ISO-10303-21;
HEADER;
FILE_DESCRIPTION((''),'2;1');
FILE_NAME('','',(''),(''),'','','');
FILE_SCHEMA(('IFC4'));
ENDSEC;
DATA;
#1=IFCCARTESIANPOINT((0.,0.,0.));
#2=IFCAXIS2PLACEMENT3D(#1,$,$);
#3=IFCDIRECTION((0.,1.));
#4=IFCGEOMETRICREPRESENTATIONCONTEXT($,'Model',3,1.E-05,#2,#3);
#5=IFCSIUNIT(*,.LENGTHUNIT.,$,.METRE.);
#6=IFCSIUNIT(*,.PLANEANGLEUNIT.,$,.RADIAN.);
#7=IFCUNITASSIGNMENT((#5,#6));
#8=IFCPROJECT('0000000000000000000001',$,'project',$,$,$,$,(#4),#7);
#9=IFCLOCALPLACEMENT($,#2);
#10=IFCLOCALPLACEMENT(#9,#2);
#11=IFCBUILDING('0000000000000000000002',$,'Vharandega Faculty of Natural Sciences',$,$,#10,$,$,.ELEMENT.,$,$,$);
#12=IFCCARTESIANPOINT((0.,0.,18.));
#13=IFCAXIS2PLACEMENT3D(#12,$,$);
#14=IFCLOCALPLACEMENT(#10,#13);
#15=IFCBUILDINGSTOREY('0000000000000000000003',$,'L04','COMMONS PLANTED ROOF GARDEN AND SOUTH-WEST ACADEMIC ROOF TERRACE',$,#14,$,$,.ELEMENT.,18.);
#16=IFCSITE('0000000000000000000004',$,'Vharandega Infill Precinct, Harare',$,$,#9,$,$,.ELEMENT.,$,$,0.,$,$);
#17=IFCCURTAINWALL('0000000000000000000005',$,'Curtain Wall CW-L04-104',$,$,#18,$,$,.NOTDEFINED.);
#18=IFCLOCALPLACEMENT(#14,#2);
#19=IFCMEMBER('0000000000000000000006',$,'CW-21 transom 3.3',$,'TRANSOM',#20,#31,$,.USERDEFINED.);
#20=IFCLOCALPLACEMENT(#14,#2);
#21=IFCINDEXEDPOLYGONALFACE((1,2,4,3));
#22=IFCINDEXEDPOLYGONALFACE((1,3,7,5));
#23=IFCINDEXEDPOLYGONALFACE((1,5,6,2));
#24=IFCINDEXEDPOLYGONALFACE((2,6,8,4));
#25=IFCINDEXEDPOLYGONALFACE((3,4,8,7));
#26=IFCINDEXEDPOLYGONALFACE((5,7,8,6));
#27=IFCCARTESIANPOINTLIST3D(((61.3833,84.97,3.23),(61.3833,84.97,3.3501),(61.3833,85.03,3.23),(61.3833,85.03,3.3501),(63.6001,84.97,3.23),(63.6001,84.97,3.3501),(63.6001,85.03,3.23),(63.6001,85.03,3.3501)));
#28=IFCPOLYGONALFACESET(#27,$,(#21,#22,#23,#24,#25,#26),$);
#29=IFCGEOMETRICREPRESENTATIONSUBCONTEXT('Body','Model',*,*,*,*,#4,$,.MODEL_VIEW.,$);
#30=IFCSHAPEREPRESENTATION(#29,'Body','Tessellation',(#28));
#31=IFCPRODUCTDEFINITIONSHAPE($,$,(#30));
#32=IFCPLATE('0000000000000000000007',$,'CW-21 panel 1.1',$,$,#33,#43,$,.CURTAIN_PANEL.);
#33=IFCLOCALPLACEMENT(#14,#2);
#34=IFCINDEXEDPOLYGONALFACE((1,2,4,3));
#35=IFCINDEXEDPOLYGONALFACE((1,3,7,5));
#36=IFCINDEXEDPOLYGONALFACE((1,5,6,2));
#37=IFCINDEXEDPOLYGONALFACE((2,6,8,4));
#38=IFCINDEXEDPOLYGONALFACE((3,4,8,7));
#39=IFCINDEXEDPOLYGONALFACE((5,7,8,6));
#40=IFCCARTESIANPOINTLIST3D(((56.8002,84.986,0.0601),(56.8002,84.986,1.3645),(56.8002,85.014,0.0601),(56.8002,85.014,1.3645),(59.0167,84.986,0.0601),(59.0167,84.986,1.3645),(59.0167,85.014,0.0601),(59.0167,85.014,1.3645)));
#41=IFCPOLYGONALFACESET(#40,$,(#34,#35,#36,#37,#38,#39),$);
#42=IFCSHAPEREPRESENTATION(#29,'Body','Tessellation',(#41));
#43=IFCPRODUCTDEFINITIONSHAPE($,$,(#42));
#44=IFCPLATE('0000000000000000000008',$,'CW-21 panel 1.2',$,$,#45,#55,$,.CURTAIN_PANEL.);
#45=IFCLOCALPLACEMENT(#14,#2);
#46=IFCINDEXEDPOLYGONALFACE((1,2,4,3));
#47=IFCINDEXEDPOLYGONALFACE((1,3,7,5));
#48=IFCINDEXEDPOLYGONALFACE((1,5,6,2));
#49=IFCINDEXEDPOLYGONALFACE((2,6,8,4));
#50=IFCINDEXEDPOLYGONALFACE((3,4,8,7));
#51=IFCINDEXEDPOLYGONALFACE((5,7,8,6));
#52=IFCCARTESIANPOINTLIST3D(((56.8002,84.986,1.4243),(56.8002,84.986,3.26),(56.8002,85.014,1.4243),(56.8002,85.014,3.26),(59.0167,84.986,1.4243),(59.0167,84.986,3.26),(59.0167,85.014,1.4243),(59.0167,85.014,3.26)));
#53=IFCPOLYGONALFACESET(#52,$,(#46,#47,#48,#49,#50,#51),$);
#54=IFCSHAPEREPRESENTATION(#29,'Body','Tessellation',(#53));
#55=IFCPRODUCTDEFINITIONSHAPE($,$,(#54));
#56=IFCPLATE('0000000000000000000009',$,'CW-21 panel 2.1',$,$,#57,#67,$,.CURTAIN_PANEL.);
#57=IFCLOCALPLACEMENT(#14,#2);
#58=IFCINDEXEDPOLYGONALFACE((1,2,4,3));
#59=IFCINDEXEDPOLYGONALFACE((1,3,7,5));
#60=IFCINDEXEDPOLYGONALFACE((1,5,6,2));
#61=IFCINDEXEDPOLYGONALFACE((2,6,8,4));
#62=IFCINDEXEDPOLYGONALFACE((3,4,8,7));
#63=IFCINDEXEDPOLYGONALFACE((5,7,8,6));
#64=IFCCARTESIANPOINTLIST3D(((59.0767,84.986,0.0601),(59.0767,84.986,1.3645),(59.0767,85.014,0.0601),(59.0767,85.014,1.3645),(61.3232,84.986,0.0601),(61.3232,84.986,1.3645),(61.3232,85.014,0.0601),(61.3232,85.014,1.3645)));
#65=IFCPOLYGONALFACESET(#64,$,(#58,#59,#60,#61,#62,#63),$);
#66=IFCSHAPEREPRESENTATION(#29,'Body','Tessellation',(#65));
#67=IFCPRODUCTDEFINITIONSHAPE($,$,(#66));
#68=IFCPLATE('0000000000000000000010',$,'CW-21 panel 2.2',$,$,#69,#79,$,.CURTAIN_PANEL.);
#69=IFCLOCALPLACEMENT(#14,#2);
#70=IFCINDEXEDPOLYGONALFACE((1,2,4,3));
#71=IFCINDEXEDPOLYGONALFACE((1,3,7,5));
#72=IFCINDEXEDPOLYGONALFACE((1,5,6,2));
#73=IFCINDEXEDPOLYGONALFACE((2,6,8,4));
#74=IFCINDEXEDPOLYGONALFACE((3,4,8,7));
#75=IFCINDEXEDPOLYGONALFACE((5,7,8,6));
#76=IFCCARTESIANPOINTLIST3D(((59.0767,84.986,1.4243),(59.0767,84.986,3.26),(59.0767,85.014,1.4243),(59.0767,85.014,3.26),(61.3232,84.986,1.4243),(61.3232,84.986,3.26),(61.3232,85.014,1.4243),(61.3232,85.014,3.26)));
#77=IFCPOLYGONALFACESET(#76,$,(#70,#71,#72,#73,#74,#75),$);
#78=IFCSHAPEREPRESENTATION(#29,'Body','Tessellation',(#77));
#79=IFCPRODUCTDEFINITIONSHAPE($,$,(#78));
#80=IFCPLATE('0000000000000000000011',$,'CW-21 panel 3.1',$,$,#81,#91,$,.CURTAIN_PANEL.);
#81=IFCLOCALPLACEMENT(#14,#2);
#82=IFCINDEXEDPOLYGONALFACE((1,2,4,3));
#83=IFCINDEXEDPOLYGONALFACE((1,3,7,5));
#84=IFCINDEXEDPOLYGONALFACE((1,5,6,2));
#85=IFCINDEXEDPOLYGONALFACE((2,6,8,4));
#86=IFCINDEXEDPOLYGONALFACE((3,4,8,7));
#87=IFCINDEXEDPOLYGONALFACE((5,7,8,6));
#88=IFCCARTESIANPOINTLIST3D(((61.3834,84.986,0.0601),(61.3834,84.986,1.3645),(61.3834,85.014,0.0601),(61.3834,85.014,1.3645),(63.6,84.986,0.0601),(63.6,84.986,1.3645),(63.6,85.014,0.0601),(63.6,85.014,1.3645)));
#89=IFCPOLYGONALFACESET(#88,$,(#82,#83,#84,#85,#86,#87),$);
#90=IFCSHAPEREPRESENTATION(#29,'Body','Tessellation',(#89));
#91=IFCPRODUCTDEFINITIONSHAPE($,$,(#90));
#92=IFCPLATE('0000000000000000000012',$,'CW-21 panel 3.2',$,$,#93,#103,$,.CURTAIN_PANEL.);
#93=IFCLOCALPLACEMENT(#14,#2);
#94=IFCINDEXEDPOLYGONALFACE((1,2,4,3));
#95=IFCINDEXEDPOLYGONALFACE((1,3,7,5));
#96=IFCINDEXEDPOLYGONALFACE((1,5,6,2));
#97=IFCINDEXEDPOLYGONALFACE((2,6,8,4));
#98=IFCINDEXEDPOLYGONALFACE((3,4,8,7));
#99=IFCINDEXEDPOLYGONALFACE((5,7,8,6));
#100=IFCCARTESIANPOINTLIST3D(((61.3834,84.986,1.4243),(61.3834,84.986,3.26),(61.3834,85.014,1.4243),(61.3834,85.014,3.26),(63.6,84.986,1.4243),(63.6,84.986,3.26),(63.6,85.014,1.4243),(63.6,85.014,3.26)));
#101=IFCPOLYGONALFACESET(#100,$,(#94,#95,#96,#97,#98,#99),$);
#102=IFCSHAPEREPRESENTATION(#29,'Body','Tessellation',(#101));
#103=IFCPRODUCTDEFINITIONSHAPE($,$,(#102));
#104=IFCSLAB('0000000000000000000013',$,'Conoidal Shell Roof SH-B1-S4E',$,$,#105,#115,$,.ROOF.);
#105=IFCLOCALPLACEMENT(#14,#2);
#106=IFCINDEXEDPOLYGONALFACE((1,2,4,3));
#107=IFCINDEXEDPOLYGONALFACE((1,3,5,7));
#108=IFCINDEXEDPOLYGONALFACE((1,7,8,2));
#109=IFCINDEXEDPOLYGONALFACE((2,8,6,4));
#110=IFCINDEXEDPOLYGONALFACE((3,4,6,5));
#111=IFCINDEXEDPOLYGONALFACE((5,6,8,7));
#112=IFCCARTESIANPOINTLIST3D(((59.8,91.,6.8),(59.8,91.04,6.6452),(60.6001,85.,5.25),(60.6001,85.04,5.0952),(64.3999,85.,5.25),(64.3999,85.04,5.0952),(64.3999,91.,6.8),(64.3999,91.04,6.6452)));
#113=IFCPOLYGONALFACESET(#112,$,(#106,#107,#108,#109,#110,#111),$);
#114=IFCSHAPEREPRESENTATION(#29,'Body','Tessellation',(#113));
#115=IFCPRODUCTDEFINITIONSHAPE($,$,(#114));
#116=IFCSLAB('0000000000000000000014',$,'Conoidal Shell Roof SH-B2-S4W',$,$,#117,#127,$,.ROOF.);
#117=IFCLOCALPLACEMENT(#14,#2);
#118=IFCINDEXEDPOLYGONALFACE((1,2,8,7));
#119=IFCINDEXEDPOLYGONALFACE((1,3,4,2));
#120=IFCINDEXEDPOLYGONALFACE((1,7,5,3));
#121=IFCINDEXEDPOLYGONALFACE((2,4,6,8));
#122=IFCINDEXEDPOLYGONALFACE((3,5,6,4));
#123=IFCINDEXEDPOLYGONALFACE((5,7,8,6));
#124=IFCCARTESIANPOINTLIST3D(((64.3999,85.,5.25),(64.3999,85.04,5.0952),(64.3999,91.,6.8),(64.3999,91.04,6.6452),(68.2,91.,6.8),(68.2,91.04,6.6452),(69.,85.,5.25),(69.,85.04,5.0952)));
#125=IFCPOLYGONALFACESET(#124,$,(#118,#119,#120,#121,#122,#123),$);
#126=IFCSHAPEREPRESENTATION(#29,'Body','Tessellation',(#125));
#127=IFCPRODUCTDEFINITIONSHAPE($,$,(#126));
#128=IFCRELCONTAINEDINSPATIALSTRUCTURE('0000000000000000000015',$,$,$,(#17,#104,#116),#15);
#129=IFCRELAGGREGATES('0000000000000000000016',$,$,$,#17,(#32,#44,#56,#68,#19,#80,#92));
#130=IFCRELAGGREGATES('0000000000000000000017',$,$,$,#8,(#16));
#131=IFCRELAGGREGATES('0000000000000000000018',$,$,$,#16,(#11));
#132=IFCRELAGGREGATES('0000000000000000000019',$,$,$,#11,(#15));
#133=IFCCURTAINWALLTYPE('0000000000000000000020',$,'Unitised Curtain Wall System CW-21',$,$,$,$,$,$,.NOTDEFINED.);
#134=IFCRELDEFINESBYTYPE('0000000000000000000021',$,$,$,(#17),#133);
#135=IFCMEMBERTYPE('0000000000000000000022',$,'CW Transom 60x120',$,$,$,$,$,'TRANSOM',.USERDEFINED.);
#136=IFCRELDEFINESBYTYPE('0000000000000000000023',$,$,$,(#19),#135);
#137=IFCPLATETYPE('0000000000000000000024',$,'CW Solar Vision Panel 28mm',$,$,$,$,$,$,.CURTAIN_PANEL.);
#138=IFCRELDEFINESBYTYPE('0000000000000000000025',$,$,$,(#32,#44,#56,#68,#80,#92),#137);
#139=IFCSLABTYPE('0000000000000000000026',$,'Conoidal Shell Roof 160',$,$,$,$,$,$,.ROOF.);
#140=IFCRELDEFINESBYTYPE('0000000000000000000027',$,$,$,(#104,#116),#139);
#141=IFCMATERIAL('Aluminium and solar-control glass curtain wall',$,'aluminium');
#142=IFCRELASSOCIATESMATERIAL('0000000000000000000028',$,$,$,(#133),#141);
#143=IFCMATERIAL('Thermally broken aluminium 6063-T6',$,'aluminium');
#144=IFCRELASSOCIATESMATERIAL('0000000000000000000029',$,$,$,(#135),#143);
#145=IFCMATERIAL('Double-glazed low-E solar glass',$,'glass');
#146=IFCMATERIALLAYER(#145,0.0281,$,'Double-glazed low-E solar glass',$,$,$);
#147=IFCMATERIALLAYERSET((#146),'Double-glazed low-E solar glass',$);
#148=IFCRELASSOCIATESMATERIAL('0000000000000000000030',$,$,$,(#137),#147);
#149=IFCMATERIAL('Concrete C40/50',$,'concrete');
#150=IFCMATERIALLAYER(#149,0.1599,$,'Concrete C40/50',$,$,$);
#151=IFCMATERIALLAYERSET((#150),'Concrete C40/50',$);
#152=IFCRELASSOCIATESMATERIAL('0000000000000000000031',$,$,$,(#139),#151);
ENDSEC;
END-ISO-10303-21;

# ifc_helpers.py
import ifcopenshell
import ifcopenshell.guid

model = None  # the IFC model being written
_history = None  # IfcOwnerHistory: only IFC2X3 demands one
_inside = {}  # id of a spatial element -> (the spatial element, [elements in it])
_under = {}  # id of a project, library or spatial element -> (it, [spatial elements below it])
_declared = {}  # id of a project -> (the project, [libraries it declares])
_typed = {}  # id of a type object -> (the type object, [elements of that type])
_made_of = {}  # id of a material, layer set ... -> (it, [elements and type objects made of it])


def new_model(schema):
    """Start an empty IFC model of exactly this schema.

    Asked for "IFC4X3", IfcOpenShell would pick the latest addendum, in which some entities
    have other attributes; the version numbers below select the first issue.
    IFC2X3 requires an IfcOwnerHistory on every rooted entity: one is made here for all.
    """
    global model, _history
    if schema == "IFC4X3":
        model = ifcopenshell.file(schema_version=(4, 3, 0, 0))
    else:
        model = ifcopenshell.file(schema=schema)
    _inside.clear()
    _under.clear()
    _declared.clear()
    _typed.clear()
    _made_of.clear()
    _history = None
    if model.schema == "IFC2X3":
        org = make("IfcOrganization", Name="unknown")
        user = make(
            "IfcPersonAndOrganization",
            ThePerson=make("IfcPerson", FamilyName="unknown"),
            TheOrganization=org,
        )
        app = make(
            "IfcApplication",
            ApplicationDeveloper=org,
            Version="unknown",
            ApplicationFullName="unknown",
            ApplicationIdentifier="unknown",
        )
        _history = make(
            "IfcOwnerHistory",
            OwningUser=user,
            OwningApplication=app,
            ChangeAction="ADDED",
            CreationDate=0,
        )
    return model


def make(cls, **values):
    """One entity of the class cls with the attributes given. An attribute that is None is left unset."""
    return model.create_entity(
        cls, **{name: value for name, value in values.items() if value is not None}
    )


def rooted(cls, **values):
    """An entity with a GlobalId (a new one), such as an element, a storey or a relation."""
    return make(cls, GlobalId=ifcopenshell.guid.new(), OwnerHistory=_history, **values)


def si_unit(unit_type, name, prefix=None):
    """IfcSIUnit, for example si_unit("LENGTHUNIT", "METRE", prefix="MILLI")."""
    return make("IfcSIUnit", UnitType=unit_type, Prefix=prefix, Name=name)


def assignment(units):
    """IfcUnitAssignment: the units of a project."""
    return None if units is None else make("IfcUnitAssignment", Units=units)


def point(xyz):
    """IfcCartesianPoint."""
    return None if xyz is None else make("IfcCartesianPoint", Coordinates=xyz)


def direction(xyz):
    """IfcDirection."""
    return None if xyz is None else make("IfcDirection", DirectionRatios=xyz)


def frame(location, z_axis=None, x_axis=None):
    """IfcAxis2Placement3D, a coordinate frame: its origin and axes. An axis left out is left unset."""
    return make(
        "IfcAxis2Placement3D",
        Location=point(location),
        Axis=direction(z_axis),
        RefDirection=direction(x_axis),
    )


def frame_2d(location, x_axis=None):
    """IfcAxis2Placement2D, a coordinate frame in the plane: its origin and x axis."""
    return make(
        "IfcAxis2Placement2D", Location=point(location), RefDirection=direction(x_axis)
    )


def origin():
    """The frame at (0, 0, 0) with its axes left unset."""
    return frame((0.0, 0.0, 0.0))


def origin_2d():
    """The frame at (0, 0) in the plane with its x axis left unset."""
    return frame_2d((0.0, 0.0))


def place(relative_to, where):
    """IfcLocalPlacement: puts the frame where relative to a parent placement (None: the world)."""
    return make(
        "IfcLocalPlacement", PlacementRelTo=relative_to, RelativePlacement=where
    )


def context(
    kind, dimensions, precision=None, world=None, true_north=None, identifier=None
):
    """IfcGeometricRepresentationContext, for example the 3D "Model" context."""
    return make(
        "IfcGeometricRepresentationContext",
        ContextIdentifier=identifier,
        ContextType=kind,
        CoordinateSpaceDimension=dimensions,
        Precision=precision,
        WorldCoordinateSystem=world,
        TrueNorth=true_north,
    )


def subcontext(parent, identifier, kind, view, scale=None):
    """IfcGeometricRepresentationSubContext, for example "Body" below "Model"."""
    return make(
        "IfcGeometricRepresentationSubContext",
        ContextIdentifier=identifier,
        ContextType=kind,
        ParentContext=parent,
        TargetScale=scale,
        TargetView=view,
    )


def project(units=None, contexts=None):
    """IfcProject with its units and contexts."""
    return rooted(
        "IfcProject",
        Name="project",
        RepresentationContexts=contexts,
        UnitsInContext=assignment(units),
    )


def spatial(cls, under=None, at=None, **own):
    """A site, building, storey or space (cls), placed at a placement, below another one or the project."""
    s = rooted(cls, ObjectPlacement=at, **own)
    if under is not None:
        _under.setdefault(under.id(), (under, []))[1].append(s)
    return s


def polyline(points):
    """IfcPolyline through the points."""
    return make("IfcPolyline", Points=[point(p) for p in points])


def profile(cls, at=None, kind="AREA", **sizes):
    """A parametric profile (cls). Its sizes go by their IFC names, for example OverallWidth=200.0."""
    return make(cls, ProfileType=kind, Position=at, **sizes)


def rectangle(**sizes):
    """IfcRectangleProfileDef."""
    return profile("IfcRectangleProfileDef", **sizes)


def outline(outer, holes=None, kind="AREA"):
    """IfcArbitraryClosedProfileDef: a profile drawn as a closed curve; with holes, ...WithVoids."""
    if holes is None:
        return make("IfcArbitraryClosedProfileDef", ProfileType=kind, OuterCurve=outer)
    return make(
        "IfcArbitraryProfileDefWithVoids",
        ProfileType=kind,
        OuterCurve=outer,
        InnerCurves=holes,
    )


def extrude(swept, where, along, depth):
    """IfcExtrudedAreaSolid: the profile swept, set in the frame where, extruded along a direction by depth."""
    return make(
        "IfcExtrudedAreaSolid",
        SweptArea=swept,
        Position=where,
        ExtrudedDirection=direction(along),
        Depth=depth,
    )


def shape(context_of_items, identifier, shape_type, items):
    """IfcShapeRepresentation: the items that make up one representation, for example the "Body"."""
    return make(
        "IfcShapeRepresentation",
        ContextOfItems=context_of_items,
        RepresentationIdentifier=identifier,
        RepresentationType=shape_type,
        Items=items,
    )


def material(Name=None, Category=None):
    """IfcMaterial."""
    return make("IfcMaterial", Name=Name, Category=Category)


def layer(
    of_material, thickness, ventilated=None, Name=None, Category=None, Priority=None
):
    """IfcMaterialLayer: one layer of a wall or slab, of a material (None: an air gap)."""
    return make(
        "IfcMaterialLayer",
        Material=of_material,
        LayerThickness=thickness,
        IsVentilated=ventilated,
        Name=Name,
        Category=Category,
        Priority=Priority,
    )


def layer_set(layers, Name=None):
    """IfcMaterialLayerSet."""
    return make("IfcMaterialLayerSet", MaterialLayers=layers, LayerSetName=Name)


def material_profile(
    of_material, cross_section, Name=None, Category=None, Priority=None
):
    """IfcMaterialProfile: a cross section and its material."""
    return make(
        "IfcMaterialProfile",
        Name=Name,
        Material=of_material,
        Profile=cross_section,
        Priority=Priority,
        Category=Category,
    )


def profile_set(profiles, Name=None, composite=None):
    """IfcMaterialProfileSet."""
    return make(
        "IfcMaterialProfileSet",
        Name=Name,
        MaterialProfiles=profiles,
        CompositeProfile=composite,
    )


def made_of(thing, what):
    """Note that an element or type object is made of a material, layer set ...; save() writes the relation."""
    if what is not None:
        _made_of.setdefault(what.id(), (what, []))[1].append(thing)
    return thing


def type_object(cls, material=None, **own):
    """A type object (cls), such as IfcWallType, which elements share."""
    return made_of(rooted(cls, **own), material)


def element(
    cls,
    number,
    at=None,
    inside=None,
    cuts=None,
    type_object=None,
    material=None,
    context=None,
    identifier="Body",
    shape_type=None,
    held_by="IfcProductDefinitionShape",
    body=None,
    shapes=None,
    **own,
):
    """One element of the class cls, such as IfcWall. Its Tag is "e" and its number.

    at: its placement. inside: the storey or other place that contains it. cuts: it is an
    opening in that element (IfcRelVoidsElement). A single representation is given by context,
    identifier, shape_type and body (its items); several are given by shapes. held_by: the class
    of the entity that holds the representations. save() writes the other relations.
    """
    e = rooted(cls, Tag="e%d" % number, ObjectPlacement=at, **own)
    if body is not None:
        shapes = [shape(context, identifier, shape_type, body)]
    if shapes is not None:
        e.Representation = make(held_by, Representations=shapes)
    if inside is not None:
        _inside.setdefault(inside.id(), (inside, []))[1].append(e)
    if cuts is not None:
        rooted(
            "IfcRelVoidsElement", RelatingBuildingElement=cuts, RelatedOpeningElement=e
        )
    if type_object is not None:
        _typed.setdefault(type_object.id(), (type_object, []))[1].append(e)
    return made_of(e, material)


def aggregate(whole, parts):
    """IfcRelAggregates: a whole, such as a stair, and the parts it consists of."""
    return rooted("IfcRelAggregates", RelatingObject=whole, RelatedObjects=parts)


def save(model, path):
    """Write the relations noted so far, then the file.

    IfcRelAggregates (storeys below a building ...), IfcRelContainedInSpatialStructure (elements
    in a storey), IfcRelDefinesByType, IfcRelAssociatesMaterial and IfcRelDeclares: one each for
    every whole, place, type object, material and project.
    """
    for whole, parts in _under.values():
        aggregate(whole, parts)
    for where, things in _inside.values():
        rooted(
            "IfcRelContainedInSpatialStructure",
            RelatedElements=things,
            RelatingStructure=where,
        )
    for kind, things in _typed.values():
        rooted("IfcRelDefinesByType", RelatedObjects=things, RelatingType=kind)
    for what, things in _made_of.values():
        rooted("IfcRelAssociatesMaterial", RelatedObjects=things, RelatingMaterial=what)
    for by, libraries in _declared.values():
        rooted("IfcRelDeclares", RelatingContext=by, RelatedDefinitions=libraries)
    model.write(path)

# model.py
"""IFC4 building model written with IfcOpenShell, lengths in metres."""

from ifc_helpers import new_model, si_unit, direction, frame, origin, origin_2d, place, context, subcontext, project, spatial, polyline, rectangle, outline, extrude, material, layer, layer_set, material_profile, profile_set, type_object, element, aggregate, save


model = new_model("IFC4")

# Units and contexts
model_context = context("Model", 3, precision=1e-05, world=origin(), true_north=direction((0.0, 1.0)))
body_context = subcontext(model_context, "Body", "Model", "MODEL_VIEW")
ifc_project = project(units=[si_unit("LENGTHUNIT", "METRE"), si_unit("PLANEANGLEUNIT", "RADIAN")], contexts=[model_context])

# Site, building, storey
site_placement = place(None, origin())
site = spatial("IfcSite", under=ifc_project, at=site_placement, Name="Vharandega Infill Precinct, Harare", CompositionType="ELEMENT", RefElevation=0.0)
building_placement = place(site_placement, origin())
building = spatial("IfcBuilding", under=site, at=building_placement, Name="Vharandega Faculty of Natural Sciences", CompositionType="ELEMENT")
storey_placement = place(building_placement, frame((0.0, 0.0, 18.0)))
storey = spatial("IfcBuildingStorey", under=building, at=storey_placement, Name="L04", Description="COMMONS PLANTED ROOF GARDEN AND SOUTH-WEST ACADEMIC ROOF TERRACE", CompositionType="ELEMENT", Elevation=18.0)

# Curtain wall, member, plates
ifc_material_1 = material(Name="Aluminium and solar-control glass curtain wall", Category="aluminium")
curtain_wall_type = type_object("IfcCurtainWallType", Name="Unitised Curtain Wall System CW-21", PredefinedType="NOTDEFINED", material=ifc_material_1)
curtain_wall_placement = place(storey_placement, origin())
curtain_wall = element("IfcCurtainWall", 1, at=curtain_wall_placement, inside=storey, type_object=curtain_wall_type, Name="Curtain Wall CW-L04-104", PredefinedType="NOTDEFINED")
ifc_material_2 = material(Name="Thermally broken aluminium 6063-T6", Category="aluminium")
ifc_material_profile_1 = material_profile(ifc_material_2, rectangle(XDim=0.0601, YDim=0.1201, at=origin_2d()), Name="ALU 60x120")
ifc_profile_set_1 = profile_set([ifc_material_profile_1], Name="Thermally broken aluminium 6063-T6")
member_type_1 = type_object("IfcMemberType", Name="CW Transom 60x120", ElementType="TRANSOM", PredefinedType="USERDEFINED", material=ifc_profile_set_1)
member_1_placement = place(storey_placement, frame((61.3833, 85.0, 3.29), z_axis=(1.0, 0.0, 0.0), x_axis=(0.0, 1.0, 0.0)))
member_1 = element("IfcMember", 2, at=member_1_placement, type_object=member_type_1, Name="CW-21 transom 3.3", ObjectType="TRANSOM", PredefinedType="USERDEFINED", context=body_context, shape_type="SweptSolid", body=[
    extrude(rectangle(XDim=0.0601, YDim=0.1201, at=origin_2d()), origin(), (0.0, 0.0, 1.0), 2.2168),
])
ifc_material_3 = material(Name="Double-glazed low-E solar glass", Category="glass")
ifc_layer_1 = layer(ifc_material_3, 0.0281, Name="Double-glazed low-E solar glass")
ifc_layer_set_1 = layer_set([ifc_layer_1], Name="Double-glazed low-E solar glass")
plate_type = type_object("IfcPlateType", Name="CW Solar Vision Panel 28mm", PredefinedType="CURTAIN_PANEL", material=ifc_layer_set_1)
plate_1_placement = place(storey_placement, frame((57.9084, 85.0, 0.0601), z_axis=(0.0, 0.0, 1.0), x_axis=(1.0, 0.0, 0.0)))
plate_1 = element("IfcPlate", 3, at=plate_1_placement, type_object=plate_type, Name="CW-21 panel 1.1", PredefinedType="CURTAIN_PANEL", context=body_context, shape_type="SweptSolid", body=[
    extrude(rectangle(XDim=2.2166, YDim=0.0281, at=origin_2d()), origin(), (0.0, 0.0, 1.0), 1.3044),
])
plate_2_placement = place(storey_placement, frame((57.9084, 85.0, 1.4243), z_axis=(0.0, 0.0, 1.0), x_axis=(1.0, 0.0, 0.0)))
plate_2 = element("IfcPlate", 4, at=plate_2_placement, type_object=plate_type, Name="CW-21 panel 1.2", PredefinedType="CURTAIN_PANEL", context=body_context, shape_type="SweptSolid", body=[
    extrude(rectangle(XDim=2.2166, YDim=0.0281, at=origin_2d()), origin(), (0.0, 0.0, 1.0), 1.8357),
])
plate_3_placement = place(storey_placement, frame((60.2, 85.0, 0.0601), z_axis=(0.0, 0.0, 1.0), x_axis=(1.0, 0.0, 0.0)))
plate_3 = element("IfcPlate", 5, at=plate_3_placement, type_object=plate_type, Name="CW-21 panel 2.1", PredefinedType="CURTAIN_PANEL", context=body_context, shape_type="SweptSolid", body=[
    extrude(rectangle(XDim=2.2466, YDim=0.0281, at=origin_2d()), origin(), (0.0, 0.0, 1.0), 1.3044),
])
plate_4_placement = place(storey_placement, frame((60.2, 85.0, 1.4243), z_axis=(0.0, 0.0, 1.0), x_axis=(1.0, 0.0, 0.0)))
plate_4 = element("IfcPlate", 6, at=plate_4_placement, type_object=plate_type, Name="CW-21 panel 2.2", PredefinedType="CURTAIN_PANEL", context=body_context, shape_type="SweptSolid", body=[
    extrude(rectangle(XDim=2.2466, YDim=0.0281, at=origin_2d()), origin(), (0.0, 0.0, 1.0), 1.8357),
])
plate_5_placement = place(storey_placement, frame((62.4917, 85.0, 0.0601), z_axis=(0.0, 0.0, 1.0), x_axis=(1.0, 0.0, 0.0)))
plate_5 = element("IfcPlate", 7, at=plate_5_placement, type_object=plate_type, Name="CW-21 panel 3.1", PredefinedType="CURTAIN_PANEL", context=body_context, shape_type="SweptSolid", body=[
    extrude(rectangle(XDim=2.2166, YDim=0.0281, at=origin_2d()), origin(), (0.0, 0.0, 1.0), 1.3044),
])
plate_6_placement = place(storey_placement, frame((62.4917, 85.0, 1.4243), z_axis=(0.0, 0.0, 1.0), x_axis=(1.0, 0.0, 0.0)))
plate_6 = element("IfcPlate", 8, at=plate_6_placement, type_object=plate_type, Name="CW-21 panel 3.2", PredefinedType="CURTAIN_PANEL", context=body_context, shape_type="SweptSolid", body=[
    extrude(rectangle(XDim=2.2166, YDim=0.0281, at=origin_2d()), origin(), (0.0, 0.0, 1.0), 1.8357),
])
aggregate(curtain_wall, [plate_1, plate_2, plate_3, plate_4, member_1, plate_5, plate_6])

# Slabs
ifc_material_4 = material(Name="Concrete C40/50", Category="concrete")
ifc_layer_2 = layer(ifc_material_4, 0.1599, Name="Concrete C40/50")
ifc_layer_set_2 = layer_set([ifc_layer_2], Name="Concrete C40/50")
slab_type = type_object("IfcSlabType", Name="Conoidal Shell Roof 160", PredefinedType="ROOF", material=ifc_layer_set_2)
slab_1_placement = place(storey_placement, frame((60.6001, 85.0, 5.25), z_axis=(0.0, -0.250129, 0.968212), x_axis=(1.0, 0.0, 0.0)))
element("IfcSlab", 9, at=slab_1_placement, inside=storey, type_object=slab_type, Name="Conoidal Shell Roof SH-B1-S4E", PredefinedType="ROOF", context=body_context, shape_type="SweptSolid", body=[
    extrude(outline(polyline([(0.0, 0.0), (3.7998, 0.0), (3.7998, 6.197), (-0.8, 6.197), (0.0, 0.0)])), origin(), (0.0, 0.0, -1.0), 0.1599),
])
slab_2_placement = place(storey_placement, frame((64.3999, 85.0, 5.25), z_axis=(0.0, -0.250129, 0.968212), x_axis=(1.0, 0.0, 0.0)))
element("IfcSlab", 10, at=slab_2_placement, inside=storey, type_object=slab_type, Name="Conoidal Shell Roof SH-B2-S4W", PredefinedType="ROOF", context=body_context, shape_type="SweptSolid", body=[
    extrude(outline(polyline([(0.0, 0.0), (4.6001, 0.0), (3.8, 6.197), (0.0, 6.197), (0.0, 0.0)])), origin(), (0.0, 0.0, -1.0), 0.1599),
])

save(model, "model.ifc")
